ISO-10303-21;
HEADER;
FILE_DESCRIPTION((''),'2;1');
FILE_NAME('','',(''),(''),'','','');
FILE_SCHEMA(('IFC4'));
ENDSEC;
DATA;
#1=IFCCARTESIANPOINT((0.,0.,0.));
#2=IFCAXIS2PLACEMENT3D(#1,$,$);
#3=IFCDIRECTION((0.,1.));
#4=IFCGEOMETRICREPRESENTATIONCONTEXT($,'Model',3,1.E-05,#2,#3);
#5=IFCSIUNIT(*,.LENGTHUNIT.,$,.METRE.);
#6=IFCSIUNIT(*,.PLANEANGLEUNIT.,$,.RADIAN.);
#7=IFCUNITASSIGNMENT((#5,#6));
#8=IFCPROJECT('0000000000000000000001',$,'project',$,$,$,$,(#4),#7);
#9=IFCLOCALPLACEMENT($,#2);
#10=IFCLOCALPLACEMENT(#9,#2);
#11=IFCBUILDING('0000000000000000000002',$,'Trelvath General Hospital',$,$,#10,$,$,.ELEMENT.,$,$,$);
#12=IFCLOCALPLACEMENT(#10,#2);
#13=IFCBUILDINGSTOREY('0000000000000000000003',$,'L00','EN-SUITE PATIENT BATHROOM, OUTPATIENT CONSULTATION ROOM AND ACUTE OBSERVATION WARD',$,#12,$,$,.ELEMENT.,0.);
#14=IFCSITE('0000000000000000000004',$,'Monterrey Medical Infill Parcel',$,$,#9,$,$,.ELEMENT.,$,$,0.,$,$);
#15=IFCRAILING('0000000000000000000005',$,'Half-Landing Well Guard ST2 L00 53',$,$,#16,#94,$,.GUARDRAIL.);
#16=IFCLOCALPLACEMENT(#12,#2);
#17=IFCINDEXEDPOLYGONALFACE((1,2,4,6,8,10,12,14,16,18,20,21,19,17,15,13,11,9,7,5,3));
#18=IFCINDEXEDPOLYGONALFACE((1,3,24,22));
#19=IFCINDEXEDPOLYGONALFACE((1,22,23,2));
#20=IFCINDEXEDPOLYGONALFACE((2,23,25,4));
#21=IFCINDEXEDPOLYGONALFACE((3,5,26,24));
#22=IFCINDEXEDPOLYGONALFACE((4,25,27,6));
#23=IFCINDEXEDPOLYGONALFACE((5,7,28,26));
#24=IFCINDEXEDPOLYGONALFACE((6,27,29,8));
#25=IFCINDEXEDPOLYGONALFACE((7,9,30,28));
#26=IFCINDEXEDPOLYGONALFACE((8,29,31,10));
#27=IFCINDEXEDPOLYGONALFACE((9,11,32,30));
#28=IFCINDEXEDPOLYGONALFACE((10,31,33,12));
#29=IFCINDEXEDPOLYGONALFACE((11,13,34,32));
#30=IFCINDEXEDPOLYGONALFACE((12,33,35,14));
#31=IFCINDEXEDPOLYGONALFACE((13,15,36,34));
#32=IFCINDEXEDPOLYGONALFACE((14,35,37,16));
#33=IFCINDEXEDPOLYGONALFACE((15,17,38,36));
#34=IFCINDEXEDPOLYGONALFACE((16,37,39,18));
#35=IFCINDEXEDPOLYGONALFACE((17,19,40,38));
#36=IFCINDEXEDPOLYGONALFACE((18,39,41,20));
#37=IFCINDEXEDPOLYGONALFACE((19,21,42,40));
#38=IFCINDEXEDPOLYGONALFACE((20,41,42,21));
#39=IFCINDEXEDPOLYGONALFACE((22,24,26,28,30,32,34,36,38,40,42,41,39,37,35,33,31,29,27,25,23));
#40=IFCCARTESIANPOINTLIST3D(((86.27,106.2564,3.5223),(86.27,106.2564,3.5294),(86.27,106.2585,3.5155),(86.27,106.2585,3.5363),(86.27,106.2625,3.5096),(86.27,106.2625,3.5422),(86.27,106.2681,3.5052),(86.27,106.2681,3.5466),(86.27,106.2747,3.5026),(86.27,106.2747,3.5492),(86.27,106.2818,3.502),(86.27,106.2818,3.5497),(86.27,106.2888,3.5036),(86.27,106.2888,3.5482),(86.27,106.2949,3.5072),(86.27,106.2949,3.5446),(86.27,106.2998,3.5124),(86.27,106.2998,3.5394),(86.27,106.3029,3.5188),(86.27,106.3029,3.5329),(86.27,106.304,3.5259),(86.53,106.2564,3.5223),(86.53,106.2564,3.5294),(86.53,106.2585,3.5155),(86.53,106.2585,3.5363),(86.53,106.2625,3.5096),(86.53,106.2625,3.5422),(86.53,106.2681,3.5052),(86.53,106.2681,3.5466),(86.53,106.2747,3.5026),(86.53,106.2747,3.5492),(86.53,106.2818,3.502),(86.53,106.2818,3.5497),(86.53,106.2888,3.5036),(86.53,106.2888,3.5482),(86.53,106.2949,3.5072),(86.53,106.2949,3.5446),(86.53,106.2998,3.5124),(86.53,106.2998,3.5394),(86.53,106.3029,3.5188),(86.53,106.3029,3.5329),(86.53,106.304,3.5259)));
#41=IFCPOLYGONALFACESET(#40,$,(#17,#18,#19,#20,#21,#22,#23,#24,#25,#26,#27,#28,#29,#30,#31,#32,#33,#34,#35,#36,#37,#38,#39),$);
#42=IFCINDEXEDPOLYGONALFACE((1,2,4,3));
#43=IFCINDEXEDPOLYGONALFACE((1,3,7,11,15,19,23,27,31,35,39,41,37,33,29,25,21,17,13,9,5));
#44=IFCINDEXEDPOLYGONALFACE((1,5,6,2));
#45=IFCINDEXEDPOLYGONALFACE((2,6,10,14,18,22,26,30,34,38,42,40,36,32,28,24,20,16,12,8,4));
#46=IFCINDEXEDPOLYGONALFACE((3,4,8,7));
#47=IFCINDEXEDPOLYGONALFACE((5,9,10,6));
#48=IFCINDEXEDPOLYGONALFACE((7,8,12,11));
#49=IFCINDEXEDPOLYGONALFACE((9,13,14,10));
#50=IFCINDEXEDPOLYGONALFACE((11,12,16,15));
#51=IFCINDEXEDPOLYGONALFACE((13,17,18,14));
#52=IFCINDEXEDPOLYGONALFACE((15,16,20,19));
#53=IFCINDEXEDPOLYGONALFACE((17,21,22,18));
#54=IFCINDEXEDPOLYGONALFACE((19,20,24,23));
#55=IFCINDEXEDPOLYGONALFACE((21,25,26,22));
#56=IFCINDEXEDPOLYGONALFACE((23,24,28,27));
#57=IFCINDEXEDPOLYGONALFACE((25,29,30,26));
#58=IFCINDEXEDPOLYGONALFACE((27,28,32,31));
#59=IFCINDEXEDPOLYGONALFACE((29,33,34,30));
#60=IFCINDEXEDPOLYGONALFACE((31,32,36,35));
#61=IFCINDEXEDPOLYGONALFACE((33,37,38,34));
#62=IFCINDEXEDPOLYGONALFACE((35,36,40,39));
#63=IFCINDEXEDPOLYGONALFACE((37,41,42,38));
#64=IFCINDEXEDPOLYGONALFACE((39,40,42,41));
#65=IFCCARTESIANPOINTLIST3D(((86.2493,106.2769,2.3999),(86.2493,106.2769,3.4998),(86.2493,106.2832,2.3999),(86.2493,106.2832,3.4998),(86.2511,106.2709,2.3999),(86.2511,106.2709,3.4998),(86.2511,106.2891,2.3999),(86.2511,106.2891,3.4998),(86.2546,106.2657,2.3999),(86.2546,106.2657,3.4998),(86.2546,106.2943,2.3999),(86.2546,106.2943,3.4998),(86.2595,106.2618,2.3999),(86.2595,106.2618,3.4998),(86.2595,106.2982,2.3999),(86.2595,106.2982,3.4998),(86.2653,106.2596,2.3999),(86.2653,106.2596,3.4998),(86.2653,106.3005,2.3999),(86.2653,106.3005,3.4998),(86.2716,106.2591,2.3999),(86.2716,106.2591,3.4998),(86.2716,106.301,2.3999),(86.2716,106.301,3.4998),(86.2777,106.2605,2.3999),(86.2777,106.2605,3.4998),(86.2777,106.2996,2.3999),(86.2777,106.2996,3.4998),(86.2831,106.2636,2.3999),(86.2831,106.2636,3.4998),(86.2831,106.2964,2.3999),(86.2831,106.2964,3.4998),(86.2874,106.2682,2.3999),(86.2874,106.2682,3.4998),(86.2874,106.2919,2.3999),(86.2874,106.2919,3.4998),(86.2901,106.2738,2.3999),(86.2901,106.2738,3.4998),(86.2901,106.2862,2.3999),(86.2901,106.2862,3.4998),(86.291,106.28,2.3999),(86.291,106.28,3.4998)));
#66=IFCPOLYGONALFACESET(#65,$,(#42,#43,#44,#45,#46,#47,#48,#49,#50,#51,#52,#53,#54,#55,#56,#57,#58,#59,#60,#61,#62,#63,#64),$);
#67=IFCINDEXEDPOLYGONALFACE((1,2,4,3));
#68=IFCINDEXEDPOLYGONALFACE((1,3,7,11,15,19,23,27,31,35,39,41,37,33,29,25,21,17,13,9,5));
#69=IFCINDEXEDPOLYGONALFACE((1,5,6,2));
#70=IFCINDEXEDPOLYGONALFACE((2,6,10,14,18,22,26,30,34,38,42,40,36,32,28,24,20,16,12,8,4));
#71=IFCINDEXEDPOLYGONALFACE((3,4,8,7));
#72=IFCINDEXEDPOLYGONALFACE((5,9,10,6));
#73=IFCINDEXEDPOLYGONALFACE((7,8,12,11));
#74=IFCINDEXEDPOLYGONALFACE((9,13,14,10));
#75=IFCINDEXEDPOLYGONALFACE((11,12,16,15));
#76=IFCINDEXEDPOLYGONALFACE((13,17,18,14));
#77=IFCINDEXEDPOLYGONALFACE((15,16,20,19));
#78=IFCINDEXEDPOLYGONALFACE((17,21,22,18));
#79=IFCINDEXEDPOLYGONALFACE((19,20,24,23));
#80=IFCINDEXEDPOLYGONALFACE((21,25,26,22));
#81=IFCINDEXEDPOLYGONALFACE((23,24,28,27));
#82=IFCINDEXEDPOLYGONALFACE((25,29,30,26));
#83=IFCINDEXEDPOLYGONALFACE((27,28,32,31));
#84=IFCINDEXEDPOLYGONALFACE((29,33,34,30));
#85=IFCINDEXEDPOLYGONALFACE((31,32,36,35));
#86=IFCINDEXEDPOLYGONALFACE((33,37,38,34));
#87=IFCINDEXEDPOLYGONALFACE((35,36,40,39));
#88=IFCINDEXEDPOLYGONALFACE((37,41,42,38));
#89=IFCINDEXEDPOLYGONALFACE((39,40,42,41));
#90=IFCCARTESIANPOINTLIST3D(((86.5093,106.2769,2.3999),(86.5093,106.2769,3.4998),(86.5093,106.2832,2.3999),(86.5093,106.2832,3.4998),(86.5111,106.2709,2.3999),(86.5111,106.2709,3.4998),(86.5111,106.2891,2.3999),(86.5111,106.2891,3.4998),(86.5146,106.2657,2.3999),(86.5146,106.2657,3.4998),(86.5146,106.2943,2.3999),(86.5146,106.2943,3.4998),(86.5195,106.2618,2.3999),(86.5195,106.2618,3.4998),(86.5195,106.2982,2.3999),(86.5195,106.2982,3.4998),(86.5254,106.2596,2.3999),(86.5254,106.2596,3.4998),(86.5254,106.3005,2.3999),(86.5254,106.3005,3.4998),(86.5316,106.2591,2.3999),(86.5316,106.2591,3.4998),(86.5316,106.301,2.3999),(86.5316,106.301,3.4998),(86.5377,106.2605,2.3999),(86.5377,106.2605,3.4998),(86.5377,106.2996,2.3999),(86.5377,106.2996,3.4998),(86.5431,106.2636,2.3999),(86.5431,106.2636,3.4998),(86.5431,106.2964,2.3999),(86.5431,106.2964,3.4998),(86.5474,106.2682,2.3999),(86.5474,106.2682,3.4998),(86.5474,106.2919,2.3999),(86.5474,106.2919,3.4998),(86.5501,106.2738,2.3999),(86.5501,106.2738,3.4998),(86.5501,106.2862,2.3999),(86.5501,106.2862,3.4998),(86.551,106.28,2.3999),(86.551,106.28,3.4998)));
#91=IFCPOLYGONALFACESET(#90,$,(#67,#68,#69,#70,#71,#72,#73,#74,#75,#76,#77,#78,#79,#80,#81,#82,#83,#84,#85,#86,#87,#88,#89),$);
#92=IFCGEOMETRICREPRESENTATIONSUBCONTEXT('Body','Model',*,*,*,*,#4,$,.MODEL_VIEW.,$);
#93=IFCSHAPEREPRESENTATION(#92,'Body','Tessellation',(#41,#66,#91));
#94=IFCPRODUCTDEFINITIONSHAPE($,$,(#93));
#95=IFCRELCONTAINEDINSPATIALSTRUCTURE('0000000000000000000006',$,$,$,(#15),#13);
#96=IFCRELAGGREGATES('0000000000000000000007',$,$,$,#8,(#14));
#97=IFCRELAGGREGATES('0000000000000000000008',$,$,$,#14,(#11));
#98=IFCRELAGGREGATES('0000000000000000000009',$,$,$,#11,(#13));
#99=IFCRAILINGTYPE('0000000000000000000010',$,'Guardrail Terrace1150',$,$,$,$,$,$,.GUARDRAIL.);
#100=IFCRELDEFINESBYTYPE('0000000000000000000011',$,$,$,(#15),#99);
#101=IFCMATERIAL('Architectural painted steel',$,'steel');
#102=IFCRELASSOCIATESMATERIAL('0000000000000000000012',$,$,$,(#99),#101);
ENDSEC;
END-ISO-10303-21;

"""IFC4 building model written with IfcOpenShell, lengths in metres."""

from ifc_helpers import new_model, si_unit, direction, frame, origin, origin_2d, place, context, subcontext, project, spatial, circle, extrude, material, type_object, element, save


model = new_model("IFC4")

# Units and contexts
model_context = context("Model", 3, precision=1e-05, world=origin(), true_north=direction((0.0, 1.0)))
body_context = subcontext(model_context, "Body", "Model", "MODEL_VIEW")
ifc_project = project(units=[si_unit("LENGTHUNIT", "METRE"), si_unit("PLANEANGLEUNIT", "RADIAN")], contexts=[model_context])

# Site, building, storey
site_placement = place(None, origin())
site = spatial("IfcSite", under=ifc_project, at=site_placement, Name="Monterrey Medical Infill Parcel", CompositionType="ELEMENT", RefElevation=0.0)
building_placement = place(site_placement, origin())
building = spatial("IfcBuilding", under=site, at=building_placement, Name="Trelvath General Hospital", CompositionType="ELEMENT")
storey_placement = place(building_placement, origin())
storey = spatial("IfcBuildingStorey", under=building, at=storey_placement, Name="L00", Description="EN-SUITE PATIENT BATHROOM, OUTPATIENT CONSULTATION ROOM AND ACUTE OBSERVATION WARD", CompositionType="ELEMENT", Elevation=0.0)

# Railing
ifc_material_1 = material(Name="Architectural painted steel", Category="steel")
railing_type_1 = type_object("IfcRailingType", Name="Guardrail Terrace1150", PredefinedType="GUARDRAIL", material=ifc_material_1)
railing_1_placement = place(storey_placement, frame((86.27, 106.28, 2.3999)))
element("IfcRailing", 1, at=railing_1_placement, inside=storey, type_object=railing_type_1, Name="Half-Landing Well Guard ST2 L00 53", PredefinedType="GUARDRAIL", context=body_context, shape_type="SweptSolid", body=[
    extrude(circle(Radius=0.0239, at=origin_2d()), frame((0.0, 0.0, 1.126), z_axis=(1.0, 0.0, 0.0), x_axis=(0.0, 1.0, 0.0)), (0.0, 0.0, 1.0), 0.26),
    extrude(circle(Radius=0.021, at=origin_2d()), origin(), (0.0, 0.0, 1.0), 1.0999),
    extrude(circle(Radius=0.021, at=origin_2d()), frame((0.26, 0.0, 0.0)), (0.0, 0.0, 1.0), 1.0999),
])

save(model, "model.ifc")
